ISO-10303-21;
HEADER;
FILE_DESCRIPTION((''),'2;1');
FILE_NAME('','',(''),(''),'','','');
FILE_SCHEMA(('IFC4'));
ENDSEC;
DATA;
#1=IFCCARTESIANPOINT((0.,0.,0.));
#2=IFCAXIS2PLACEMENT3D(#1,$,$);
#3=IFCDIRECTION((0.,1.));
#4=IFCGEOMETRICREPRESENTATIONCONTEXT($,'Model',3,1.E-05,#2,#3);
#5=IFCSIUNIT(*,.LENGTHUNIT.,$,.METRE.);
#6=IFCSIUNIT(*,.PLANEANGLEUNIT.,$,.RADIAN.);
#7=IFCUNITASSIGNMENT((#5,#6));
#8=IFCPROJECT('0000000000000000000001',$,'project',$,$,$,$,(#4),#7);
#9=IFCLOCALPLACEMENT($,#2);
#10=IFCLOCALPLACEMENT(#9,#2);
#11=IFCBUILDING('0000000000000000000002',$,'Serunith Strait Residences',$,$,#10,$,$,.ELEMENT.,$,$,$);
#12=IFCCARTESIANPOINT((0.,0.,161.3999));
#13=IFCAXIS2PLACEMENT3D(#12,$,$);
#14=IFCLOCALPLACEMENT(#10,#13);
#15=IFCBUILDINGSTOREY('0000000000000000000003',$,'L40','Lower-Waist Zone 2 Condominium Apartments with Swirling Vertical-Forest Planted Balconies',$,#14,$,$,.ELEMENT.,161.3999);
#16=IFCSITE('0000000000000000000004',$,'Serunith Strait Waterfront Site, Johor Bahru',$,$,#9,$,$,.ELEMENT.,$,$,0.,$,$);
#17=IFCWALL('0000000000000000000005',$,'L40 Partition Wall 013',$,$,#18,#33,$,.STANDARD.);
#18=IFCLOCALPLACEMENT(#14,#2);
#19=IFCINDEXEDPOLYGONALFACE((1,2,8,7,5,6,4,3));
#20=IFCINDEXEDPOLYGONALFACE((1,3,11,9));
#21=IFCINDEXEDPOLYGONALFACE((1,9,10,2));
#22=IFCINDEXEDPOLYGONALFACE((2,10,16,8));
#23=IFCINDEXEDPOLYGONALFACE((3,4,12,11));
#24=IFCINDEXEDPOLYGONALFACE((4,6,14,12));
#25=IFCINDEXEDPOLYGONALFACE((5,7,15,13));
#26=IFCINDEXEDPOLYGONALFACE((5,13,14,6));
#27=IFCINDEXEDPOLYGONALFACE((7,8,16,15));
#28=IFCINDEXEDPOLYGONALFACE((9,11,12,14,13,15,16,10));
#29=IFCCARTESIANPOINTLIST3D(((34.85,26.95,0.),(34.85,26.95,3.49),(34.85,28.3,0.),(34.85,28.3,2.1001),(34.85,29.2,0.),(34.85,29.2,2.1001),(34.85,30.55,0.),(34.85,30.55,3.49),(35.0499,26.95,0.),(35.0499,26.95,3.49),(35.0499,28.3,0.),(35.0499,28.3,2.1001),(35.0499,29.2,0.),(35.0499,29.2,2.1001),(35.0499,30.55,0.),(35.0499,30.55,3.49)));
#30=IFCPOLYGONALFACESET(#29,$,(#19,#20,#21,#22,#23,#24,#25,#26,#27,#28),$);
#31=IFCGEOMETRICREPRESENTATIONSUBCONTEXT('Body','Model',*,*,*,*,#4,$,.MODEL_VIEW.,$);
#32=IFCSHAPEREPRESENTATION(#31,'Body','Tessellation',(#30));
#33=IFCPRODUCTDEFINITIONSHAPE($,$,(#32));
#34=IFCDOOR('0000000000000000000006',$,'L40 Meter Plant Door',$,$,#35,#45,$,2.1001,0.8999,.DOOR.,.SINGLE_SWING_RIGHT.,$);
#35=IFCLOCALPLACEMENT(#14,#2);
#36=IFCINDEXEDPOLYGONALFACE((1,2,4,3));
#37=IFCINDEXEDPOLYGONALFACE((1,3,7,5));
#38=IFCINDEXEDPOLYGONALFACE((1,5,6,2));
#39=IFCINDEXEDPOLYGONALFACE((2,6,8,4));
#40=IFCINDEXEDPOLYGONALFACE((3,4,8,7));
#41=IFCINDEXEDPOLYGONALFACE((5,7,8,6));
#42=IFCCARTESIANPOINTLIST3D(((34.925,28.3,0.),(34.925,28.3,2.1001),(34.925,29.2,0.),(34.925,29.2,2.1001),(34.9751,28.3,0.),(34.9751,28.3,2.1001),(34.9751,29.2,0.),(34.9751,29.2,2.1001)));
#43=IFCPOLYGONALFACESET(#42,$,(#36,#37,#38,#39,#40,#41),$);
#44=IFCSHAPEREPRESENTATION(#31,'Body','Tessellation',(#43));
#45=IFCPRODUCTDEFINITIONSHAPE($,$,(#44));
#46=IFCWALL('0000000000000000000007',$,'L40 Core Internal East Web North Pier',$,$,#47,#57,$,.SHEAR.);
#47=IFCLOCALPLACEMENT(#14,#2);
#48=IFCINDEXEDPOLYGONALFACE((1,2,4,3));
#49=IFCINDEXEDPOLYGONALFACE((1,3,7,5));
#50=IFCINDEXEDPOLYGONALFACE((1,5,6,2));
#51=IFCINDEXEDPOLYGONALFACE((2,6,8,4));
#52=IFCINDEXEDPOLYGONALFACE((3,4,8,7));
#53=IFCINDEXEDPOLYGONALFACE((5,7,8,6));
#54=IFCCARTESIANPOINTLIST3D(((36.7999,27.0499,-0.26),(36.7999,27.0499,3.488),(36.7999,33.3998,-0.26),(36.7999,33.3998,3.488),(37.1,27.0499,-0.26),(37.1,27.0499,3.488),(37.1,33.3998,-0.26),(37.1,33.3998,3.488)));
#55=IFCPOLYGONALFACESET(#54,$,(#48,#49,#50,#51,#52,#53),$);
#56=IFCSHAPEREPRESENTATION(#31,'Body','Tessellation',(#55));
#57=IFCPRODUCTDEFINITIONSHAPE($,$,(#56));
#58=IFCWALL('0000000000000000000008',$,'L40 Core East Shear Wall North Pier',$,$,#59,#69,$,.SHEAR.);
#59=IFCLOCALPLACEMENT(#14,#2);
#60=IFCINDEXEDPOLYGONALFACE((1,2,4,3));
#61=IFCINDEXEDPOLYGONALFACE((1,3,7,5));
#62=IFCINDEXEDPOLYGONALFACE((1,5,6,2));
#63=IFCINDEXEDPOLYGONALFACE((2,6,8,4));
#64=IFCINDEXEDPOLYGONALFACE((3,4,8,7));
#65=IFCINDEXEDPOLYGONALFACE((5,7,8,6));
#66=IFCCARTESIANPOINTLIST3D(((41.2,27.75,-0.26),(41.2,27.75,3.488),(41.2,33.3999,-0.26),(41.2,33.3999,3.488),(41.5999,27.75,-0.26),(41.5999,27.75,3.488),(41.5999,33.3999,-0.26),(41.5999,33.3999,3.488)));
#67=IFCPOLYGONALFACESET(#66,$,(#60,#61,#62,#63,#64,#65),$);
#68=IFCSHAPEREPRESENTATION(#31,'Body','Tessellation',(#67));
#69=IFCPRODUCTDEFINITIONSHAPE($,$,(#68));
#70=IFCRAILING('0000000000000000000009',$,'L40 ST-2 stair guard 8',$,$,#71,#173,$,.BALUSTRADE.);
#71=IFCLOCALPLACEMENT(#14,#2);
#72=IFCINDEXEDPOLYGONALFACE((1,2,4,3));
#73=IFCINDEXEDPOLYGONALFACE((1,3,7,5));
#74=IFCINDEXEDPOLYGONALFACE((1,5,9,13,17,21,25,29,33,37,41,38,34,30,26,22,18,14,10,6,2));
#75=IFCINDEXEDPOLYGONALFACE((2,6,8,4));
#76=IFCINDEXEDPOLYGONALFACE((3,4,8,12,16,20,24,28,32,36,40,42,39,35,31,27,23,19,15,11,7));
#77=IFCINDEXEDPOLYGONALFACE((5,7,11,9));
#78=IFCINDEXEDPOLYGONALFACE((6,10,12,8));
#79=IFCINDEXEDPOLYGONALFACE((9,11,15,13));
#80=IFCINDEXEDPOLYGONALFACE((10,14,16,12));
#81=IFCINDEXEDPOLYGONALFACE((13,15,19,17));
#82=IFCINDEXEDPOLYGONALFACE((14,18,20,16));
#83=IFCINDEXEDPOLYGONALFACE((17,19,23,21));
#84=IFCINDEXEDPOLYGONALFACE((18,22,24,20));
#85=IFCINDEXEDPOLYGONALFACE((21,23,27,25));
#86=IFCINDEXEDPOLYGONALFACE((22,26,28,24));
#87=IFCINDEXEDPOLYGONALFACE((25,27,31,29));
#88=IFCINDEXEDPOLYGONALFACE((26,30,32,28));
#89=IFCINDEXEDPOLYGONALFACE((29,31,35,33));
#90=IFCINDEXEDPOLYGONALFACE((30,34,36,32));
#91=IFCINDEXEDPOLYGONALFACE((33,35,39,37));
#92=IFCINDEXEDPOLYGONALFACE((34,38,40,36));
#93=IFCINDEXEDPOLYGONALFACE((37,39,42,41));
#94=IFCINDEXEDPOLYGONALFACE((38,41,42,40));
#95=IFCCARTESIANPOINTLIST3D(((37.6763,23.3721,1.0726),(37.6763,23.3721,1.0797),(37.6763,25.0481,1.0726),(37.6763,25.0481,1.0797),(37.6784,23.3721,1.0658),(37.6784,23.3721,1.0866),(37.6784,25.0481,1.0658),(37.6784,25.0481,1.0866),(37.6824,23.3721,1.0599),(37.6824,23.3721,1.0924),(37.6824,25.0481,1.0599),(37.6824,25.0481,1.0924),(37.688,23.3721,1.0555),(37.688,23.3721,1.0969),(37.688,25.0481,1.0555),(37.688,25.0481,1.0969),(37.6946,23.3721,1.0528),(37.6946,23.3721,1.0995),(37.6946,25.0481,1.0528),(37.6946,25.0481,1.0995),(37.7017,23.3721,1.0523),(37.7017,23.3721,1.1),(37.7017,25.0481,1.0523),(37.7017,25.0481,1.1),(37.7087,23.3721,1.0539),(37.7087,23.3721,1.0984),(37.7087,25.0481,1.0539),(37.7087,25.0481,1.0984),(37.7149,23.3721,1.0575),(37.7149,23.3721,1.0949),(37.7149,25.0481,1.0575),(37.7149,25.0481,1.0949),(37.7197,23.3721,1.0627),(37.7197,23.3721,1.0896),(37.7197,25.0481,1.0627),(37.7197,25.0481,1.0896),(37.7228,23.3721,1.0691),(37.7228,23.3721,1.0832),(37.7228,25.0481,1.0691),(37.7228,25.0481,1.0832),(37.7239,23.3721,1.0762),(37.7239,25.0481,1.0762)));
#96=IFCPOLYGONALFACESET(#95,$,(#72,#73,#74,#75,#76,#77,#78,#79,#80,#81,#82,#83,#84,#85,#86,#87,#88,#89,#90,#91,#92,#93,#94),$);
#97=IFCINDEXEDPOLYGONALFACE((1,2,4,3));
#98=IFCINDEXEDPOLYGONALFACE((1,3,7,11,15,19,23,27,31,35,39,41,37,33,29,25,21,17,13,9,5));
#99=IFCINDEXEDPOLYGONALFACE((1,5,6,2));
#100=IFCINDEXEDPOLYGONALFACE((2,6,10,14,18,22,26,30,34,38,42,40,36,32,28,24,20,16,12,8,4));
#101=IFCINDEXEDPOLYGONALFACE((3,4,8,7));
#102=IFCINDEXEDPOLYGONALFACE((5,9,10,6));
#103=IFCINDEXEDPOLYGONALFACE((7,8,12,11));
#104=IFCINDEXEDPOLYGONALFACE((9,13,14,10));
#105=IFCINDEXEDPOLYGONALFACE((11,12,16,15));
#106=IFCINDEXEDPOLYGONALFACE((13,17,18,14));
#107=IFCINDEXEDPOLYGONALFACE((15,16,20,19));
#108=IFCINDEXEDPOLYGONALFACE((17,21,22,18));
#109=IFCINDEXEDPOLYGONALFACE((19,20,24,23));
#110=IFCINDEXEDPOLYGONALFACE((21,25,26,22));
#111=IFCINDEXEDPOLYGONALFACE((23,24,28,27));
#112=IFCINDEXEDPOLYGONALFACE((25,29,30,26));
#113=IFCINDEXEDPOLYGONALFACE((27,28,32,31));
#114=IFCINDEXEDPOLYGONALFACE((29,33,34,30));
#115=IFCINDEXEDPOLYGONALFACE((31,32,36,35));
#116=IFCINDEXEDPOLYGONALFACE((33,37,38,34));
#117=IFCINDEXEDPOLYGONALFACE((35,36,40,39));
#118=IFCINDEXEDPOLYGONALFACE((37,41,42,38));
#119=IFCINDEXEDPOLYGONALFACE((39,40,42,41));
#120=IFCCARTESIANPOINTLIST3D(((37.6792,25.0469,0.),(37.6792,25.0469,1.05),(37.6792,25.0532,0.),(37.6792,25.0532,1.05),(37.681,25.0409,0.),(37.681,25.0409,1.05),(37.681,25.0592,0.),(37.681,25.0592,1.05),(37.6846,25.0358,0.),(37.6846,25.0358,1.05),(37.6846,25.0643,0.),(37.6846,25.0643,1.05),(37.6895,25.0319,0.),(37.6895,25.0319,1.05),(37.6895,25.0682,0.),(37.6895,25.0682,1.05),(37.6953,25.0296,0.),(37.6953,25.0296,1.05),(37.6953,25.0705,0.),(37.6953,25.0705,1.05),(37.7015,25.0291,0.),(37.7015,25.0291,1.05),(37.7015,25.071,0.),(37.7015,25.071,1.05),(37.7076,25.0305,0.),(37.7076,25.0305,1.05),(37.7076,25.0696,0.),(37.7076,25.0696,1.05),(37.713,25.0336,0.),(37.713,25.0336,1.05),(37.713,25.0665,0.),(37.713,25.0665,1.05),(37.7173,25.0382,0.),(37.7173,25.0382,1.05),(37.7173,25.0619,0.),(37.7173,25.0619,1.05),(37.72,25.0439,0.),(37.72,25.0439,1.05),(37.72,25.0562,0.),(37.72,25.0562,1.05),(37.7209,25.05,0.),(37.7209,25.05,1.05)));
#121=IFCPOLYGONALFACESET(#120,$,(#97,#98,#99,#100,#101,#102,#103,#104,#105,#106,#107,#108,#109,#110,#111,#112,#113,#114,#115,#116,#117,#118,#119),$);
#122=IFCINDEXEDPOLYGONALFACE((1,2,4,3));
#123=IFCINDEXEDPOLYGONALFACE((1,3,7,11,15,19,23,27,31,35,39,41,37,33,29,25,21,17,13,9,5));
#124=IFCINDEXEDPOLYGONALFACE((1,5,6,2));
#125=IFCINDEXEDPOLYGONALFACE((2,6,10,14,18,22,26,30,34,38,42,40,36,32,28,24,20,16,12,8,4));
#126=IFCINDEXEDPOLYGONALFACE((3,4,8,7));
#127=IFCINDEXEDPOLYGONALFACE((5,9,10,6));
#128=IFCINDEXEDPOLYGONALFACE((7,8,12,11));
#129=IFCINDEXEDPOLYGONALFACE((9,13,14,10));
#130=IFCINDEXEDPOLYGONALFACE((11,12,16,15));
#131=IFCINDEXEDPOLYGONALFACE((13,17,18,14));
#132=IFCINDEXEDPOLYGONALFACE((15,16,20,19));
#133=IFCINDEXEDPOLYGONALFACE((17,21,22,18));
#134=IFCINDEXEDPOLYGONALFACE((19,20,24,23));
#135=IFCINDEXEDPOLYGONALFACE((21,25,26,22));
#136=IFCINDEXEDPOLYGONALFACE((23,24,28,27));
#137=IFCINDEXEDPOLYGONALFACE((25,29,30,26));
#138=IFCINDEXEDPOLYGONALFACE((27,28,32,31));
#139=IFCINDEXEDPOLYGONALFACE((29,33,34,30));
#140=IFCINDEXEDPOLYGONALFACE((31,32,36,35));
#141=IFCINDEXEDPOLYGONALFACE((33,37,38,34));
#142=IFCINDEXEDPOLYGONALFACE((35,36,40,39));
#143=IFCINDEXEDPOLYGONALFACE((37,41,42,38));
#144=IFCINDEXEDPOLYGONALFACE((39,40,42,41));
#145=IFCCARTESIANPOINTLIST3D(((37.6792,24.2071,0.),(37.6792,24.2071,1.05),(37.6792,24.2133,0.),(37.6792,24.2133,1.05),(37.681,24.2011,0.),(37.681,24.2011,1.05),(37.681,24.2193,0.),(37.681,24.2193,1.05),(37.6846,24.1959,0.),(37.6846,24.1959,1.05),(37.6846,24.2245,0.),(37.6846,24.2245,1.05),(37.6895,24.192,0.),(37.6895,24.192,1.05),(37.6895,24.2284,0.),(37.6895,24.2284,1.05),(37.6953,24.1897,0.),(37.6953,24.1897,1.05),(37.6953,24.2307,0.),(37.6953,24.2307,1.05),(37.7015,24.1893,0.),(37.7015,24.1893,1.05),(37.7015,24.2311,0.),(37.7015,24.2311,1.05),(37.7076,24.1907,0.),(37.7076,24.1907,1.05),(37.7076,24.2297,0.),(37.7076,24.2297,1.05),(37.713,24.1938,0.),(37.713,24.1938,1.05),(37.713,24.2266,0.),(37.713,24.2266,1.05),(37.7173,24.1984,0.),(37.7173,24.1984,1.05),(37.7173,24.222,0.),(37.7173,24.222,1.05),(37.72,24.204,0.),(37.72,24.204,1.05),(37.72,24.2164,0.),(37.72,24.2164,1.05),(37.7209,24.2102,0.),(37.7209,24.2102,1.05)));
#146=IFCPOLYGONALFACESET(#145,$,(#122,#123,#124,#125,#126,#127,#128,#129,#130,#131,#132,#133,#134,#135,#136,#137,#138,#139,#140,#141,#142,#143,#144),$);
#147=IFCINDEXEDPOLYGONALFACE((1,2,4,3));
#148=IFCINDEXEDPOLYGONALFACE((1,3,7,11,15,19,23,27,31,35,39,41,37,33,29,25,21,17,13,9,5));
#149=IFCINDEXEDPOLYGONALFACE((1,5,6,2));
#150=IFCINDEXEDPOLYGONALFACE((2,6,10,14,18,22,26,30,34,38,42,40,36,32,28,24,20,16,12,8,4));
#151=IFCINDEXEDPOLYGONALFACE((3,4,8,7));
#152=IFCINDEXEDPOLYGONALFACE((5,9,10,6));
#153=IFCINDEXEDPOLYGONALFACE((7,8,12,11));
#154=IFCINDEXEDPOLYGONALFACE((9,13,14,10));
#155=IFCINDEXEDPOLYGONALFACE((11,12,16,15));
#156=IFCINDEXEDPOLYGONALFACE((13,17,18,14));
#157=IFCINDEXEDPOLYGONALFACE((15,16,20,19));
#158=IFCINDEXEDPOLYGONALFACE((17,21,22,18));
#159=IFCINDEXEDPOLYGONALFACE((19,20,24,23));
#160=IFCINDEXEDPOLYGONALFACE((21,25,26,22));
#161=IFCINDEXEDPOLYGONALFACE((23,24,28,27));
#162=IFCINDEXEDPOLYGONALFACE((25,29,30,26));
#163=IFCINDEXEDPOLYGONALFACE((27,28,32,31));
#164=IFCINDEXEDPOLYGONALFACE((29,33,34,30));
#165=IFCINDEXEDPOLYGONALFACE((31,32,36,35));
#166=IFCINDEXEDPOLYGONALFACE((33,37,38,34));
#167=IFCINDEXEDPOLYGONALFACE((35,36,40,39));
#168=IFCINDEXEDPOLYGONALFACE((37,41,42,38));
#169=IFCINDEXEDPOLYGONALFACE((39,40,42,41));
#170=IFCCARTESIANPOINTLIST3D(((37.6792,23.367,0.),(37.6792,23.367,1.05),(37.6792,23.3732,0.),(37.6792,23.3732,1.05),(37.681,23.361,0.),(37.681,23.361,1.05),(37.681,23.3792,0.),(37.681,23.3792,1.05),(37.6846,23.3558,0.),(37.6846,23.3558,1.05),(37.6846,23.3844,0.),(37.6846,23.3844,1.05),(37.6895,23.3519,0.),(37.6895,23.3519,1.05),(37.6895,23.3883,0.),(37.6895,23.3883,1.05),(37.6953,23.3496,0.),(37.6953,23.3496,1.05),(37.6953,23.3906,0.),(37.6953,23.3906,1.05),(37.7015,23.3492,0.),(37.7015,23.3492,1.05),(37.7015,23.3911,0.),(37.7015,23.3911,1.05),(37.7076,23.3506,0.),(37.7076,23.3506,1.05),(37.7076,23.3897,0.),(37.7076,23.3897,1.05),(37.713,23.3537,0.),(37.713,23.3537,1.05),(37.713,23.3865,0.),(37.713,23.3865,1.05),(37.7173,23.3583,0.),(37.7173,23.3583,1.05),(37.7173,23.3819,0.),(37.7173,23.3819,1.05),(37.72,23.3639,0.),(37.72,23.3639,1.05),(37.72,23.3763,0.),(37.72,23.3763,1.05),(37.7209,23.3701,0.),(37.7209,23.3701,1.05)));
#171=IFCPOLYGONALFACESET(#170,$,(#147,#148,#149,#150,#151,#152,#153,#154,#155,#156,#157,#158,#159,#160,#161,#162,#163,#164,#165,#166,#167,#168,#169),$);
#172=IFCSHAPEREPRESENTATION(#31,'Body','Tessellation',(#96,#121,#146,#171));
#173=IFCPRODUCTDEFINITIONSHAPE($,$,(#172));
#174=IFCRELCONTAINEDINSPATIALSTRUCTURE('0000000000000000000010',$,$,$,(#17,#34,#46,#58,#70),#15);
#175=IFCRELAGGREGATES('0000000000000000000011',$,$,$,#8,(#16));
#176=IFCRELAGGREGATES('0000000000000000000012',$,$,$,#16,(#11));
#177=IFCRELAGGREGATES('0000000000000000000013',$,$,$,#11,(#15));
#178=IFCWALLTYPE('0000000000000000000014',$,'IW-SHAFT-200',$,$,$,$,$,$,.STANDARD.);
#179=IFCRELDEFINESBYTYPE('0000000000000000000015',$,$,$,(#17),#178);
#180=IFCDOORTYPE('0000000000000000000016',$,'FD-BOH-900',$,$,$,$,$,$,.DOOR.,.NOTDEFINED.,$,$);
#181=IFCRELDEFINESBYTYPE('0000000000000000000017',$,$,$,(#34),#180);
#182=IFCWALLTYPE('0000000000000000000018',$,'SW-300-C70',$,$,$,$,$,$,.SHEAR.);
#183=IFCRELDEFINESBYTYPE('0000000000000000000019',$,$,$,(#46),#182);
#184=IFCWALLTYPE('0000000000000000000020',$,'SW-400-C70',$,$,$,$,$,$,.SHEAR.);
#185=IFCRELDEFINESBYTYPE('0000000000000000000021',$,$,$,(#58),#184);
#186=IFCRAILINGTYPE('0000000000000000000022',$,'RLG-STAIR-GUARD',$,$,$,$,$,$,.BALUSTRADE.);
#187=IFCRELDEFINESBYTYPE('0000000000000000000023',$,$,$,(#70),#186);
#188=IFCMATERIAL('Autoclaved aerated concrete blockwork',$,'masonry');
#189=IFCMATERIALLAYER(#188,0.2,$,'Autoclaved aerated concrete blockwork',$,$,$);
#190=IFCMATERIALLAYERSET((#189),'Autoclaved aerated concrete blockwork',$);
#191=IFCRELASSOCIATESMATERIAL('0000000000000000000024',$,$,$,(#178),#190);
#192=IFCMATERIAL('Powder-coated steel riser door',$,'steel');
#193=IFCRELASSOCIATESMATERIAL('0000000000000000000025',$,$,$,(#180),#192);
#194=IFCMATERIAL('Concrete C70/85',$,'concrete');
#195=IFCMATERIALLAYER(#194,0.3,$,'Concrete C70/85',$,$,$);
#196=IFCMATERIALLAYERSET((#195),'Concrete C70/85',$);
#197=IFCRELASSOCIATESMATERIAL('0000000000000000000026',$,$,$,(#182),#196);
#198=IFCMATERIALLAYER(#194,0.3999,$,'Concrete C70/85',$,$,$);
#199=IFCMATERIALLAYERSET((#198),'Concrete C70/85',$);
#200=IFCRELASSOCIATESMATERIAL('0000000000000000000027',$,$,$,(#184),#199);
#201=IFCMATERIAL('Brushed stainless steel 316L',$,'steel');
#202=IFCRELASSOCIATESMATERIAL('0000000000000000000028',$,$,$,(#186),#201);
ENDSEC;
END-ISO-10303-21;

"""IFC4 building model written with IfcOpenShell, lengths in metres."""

from ifc_helpers import new_model, si_unit, direction, frame, frame_2d, origin, origin_2d, place, context, subcontext, project, spatial, rectangle, circle, extrude, source, transform, mapped, material, layer, layer_set, type_object, element, fill, save


model = new_model("IFC4")

# Units and contexts
model_context = context("Model", 3, precision=1e-05, world=origin(), true_north=direction((0.0, 1.0)))
body_context = subcontext(model_context, "Body", "Model", "MODEL_VIEW")
ifc_project = project(units=[si_unit("LENGTHUNIT", "METRE"), si_unit("PLANEANGLEUNIT", "RADIAN")], contexts=[model_context])

# Site, building, storey
site_placement = place(None, origin())
site = spatial("IfcSite", under=ifc_project, at=site_placement, Name="Serunith Strait Waterfront Site, Johor Bahru", CompositionType="ELEMENT", RefElevation=0.0)
building_placement = place(site_placement, origin())
building = spatial("IfcBuilding", under=site, at=building_placement, Name="Serunith Strait Residences", CompositionType="ELEMENT")
storey_placement = place(building_placement, frame((0.0, 0.0, 161.3999)))
storey = spatial("IfcBuildingStorey", under=building, at=storey_placement, Name="L40", Description="Lower-Waist Zone 2 Condominium Apartments with Swirling Vertical-Forest Planted Balconies", CompositionType="ELEMENT", Elevation=161.3999)

# Shared definitions
ifc_material_1 = material(Name="Autoclaved aerated concrete blockwork", Category="masonry")
ifc_layer_1 = layer(ifc_material_1, 0.2, Name="Autoclaved aerated concrete blockwork")
ifc_layer_set_1 = layer_set([ifc_layer_1], Name="Autoclaved aerated concrete blockwork")
wall_type_1 = type_object("IfcWallType", Name="IW-SHAFT-200", PredefinedType="STANDARD", material=ifc_layer_set_1)

# Wall, opening, door
wall_1_placement = place(storey_placement, frame((34.95, 26.95, 0.0), z_axis=(0.0, 0.0, 1.0), x_axis=(0.0, 1.0, 0.0)))
wall_1 = element("IfcWall", 1, at=wall_1_placement, inside=storey, type_object=wall_type_1, Name="L40 Partition Wall 013", PredefinedType="STANDARD", context=body_context, shape_type="SweptSolid", body=[
    extrude(rectangle(XDim=3.6001, YDim=0.2, at=frame_2d((1.8, 0.0))), origin(), (0.0, 0.0, 1.0), 3.49),
])
opening_1_placement = place(wall_1_placement, frame((1.3501, 0.0, 0.0)))
opening_1 = element("IfcOpeningElement", 2, at=opening_1_placement, cuts=wall_1, PredefinedType="OPENING", context=body_context, shape_type="SweptSolid", body=[
    extrude(rectangle(XDim=0.8999, YDim=2.1001, at=frame_2d((0.45, 1.05))), frame((0.0, 0.1099, 0.0), z_axis=(0.0, -1.0, 0.0), x_axis=(1.0, 0.0, 0.0)), (0.0, 0.0, 1.0), 0.22),
])
ifc_material_2 = material(Name="Powder-coated steel riser door", Category="steel")
door_type_1 = type_object("IfcDoorType", Name="FD-BOH-900", OperationType="NOTDEFINED", PredefinedType="DOOR", material=ifc_material_2)
shared_shape_1 = source(origin(), body_context, "Body", "SweptSolid", [
    extrude(rectangle(XDim=0.8999, YDim=2.1001, at=frame_2d((0.45, 1.05))), frame((0.0, 0.0249, 0.0), z_axis=(0.0, -1.0, 0.0), x_axis=(1.0, 0.0, 0.0)), (0.0, 0.0, 1.0), 0.05),
])
door_1_placement = place(opening_1_placement, origin())
door_1 = element("IfcDoor", 3, at=door_1_placement, inside=storey, type_object=door_type_1, Name="L40 Meter Plant Door", OperationType="SINGLE_SWING_RIGHT", OverallHeight=2.1001, OverallWidth=0.8999, PredefinedType="DOOR", context=body_context, shape_type="MappedRepresentation", body=[
    mapped(shared_shape_1, transform((0.0, 0.0, 0.0), scale=1.0)),
])
fill(opening_1, door_1)

# Walls
ifc_material_3 = material(Name="Concrete C70/85", Category="concrete")
ifc_layer_2 = layer(ifc_material_3, 0.3, Name="Concrete C70/85")
ifc_layer_set_2 = layer_set([ifc_layer_2], Name="Concrete C70/85")
wall_type_2 = type_object("IfcWallType", Name="SW-300-C70", PredefinedType="SHEAR", material=ifc_layer_set_2)
wall_2_placement = place(storey_placement, frame((36.95, 27.05, -0.26), z_axis=(0.0, 0.0, 1.0), x_axis=(0.0, 1.0, 0.0)))
element("IfcWall", 4, at=wall_2_placement, inside=storey, type_object=wall_type_2, Name="L40 Core Internal East Web North Pier", PredefinedType="SHEAR", context=body_context, shape_type="SweptSolid", body=[
    extrude(rectangle(XDim=6.3499, YDim=0.3, at=frame_2d((3.1748, 0.0))), origin(), (0.0, 0.0, 1.0), 3.748),
])
ifc_layer_3 = layer(ifc_material_3, 0.3999, Name="Concrete C70/85")
ifc_layer_set_3 = layer_set([ifc_layer_3], Name="Concrete C70/85")
wall_type_3 = type_object("IfcWallType", Name="SW-400-C70", PredefinedType="SHEAR", material=ifc_layer_set_3)
wall_3_placement = place(storey_placement, frame((41.3999, 27.75, -0.26), z_axis=(0.0, 0.0, 1.0), x_axis=(0.0, 1.0, 0.0)))
element("IfcWall", 5, at=wall_3_placement, inside=storey, type_object=wall_type_3, Name="L40 Core East Shear Wall North Pier", PredefinedType="SHEAR", context=body_context, shape_type="SweptSolid", body=[
    extrude(rectangle(XDim=5.6499, YDim=0.3999, at=frame_2d((2.825, 0.0))), origin(), (0.0, 0.0, 1.0), 3.748),
])

# Railing
ifc_material_4 = material(Name="Brushed stainless steel 316L", Category="steel")
railing_type = type_object("IfcRailingType", Name="RLG-STAIR-GUARD", PredefinedType="BALUSTRADE", material=ifc_material_4)
for number, where, name in (
    (6, (37.7, 25.05, 0.0), "L40 ST-2 stair guard 8"),
):
    element("IfcRailing", number, at=place(storey_placement, frame(where)), inside=storey, type_object=railing_type, Name=name, PredefinedType="BALUSTRADE", context=body_context, shape_type="SweptSolid", body=[
        extrude(circle(Radius=0.0239, at=origin_2d()), frame((0.0, -0.002, 1.0762), z_axis=(0.0, -1.0, 0.0), x_axis=(1.0, 0.0, 0.0)), (0.0, 0.0, 1.0), 1.676),
        extrude(circle(Radius=0.021, at=origin_2d()), origin(), (0.0, 0.0, 1.0), 1.05),
        extrude(circle(Radius=0.021, at=origin_2d()), frame((0.0, -0.8398, 0.0)), (0.0, 0.0, 1.0), 1.05),
        extrude(circle(Radius=0.021, at=origin_2d()), frame((0.0, -1.6799, 0.0)), (0.0, 0.0, 1.0), 1.05),
    ])

save(model, "model.ifc")
